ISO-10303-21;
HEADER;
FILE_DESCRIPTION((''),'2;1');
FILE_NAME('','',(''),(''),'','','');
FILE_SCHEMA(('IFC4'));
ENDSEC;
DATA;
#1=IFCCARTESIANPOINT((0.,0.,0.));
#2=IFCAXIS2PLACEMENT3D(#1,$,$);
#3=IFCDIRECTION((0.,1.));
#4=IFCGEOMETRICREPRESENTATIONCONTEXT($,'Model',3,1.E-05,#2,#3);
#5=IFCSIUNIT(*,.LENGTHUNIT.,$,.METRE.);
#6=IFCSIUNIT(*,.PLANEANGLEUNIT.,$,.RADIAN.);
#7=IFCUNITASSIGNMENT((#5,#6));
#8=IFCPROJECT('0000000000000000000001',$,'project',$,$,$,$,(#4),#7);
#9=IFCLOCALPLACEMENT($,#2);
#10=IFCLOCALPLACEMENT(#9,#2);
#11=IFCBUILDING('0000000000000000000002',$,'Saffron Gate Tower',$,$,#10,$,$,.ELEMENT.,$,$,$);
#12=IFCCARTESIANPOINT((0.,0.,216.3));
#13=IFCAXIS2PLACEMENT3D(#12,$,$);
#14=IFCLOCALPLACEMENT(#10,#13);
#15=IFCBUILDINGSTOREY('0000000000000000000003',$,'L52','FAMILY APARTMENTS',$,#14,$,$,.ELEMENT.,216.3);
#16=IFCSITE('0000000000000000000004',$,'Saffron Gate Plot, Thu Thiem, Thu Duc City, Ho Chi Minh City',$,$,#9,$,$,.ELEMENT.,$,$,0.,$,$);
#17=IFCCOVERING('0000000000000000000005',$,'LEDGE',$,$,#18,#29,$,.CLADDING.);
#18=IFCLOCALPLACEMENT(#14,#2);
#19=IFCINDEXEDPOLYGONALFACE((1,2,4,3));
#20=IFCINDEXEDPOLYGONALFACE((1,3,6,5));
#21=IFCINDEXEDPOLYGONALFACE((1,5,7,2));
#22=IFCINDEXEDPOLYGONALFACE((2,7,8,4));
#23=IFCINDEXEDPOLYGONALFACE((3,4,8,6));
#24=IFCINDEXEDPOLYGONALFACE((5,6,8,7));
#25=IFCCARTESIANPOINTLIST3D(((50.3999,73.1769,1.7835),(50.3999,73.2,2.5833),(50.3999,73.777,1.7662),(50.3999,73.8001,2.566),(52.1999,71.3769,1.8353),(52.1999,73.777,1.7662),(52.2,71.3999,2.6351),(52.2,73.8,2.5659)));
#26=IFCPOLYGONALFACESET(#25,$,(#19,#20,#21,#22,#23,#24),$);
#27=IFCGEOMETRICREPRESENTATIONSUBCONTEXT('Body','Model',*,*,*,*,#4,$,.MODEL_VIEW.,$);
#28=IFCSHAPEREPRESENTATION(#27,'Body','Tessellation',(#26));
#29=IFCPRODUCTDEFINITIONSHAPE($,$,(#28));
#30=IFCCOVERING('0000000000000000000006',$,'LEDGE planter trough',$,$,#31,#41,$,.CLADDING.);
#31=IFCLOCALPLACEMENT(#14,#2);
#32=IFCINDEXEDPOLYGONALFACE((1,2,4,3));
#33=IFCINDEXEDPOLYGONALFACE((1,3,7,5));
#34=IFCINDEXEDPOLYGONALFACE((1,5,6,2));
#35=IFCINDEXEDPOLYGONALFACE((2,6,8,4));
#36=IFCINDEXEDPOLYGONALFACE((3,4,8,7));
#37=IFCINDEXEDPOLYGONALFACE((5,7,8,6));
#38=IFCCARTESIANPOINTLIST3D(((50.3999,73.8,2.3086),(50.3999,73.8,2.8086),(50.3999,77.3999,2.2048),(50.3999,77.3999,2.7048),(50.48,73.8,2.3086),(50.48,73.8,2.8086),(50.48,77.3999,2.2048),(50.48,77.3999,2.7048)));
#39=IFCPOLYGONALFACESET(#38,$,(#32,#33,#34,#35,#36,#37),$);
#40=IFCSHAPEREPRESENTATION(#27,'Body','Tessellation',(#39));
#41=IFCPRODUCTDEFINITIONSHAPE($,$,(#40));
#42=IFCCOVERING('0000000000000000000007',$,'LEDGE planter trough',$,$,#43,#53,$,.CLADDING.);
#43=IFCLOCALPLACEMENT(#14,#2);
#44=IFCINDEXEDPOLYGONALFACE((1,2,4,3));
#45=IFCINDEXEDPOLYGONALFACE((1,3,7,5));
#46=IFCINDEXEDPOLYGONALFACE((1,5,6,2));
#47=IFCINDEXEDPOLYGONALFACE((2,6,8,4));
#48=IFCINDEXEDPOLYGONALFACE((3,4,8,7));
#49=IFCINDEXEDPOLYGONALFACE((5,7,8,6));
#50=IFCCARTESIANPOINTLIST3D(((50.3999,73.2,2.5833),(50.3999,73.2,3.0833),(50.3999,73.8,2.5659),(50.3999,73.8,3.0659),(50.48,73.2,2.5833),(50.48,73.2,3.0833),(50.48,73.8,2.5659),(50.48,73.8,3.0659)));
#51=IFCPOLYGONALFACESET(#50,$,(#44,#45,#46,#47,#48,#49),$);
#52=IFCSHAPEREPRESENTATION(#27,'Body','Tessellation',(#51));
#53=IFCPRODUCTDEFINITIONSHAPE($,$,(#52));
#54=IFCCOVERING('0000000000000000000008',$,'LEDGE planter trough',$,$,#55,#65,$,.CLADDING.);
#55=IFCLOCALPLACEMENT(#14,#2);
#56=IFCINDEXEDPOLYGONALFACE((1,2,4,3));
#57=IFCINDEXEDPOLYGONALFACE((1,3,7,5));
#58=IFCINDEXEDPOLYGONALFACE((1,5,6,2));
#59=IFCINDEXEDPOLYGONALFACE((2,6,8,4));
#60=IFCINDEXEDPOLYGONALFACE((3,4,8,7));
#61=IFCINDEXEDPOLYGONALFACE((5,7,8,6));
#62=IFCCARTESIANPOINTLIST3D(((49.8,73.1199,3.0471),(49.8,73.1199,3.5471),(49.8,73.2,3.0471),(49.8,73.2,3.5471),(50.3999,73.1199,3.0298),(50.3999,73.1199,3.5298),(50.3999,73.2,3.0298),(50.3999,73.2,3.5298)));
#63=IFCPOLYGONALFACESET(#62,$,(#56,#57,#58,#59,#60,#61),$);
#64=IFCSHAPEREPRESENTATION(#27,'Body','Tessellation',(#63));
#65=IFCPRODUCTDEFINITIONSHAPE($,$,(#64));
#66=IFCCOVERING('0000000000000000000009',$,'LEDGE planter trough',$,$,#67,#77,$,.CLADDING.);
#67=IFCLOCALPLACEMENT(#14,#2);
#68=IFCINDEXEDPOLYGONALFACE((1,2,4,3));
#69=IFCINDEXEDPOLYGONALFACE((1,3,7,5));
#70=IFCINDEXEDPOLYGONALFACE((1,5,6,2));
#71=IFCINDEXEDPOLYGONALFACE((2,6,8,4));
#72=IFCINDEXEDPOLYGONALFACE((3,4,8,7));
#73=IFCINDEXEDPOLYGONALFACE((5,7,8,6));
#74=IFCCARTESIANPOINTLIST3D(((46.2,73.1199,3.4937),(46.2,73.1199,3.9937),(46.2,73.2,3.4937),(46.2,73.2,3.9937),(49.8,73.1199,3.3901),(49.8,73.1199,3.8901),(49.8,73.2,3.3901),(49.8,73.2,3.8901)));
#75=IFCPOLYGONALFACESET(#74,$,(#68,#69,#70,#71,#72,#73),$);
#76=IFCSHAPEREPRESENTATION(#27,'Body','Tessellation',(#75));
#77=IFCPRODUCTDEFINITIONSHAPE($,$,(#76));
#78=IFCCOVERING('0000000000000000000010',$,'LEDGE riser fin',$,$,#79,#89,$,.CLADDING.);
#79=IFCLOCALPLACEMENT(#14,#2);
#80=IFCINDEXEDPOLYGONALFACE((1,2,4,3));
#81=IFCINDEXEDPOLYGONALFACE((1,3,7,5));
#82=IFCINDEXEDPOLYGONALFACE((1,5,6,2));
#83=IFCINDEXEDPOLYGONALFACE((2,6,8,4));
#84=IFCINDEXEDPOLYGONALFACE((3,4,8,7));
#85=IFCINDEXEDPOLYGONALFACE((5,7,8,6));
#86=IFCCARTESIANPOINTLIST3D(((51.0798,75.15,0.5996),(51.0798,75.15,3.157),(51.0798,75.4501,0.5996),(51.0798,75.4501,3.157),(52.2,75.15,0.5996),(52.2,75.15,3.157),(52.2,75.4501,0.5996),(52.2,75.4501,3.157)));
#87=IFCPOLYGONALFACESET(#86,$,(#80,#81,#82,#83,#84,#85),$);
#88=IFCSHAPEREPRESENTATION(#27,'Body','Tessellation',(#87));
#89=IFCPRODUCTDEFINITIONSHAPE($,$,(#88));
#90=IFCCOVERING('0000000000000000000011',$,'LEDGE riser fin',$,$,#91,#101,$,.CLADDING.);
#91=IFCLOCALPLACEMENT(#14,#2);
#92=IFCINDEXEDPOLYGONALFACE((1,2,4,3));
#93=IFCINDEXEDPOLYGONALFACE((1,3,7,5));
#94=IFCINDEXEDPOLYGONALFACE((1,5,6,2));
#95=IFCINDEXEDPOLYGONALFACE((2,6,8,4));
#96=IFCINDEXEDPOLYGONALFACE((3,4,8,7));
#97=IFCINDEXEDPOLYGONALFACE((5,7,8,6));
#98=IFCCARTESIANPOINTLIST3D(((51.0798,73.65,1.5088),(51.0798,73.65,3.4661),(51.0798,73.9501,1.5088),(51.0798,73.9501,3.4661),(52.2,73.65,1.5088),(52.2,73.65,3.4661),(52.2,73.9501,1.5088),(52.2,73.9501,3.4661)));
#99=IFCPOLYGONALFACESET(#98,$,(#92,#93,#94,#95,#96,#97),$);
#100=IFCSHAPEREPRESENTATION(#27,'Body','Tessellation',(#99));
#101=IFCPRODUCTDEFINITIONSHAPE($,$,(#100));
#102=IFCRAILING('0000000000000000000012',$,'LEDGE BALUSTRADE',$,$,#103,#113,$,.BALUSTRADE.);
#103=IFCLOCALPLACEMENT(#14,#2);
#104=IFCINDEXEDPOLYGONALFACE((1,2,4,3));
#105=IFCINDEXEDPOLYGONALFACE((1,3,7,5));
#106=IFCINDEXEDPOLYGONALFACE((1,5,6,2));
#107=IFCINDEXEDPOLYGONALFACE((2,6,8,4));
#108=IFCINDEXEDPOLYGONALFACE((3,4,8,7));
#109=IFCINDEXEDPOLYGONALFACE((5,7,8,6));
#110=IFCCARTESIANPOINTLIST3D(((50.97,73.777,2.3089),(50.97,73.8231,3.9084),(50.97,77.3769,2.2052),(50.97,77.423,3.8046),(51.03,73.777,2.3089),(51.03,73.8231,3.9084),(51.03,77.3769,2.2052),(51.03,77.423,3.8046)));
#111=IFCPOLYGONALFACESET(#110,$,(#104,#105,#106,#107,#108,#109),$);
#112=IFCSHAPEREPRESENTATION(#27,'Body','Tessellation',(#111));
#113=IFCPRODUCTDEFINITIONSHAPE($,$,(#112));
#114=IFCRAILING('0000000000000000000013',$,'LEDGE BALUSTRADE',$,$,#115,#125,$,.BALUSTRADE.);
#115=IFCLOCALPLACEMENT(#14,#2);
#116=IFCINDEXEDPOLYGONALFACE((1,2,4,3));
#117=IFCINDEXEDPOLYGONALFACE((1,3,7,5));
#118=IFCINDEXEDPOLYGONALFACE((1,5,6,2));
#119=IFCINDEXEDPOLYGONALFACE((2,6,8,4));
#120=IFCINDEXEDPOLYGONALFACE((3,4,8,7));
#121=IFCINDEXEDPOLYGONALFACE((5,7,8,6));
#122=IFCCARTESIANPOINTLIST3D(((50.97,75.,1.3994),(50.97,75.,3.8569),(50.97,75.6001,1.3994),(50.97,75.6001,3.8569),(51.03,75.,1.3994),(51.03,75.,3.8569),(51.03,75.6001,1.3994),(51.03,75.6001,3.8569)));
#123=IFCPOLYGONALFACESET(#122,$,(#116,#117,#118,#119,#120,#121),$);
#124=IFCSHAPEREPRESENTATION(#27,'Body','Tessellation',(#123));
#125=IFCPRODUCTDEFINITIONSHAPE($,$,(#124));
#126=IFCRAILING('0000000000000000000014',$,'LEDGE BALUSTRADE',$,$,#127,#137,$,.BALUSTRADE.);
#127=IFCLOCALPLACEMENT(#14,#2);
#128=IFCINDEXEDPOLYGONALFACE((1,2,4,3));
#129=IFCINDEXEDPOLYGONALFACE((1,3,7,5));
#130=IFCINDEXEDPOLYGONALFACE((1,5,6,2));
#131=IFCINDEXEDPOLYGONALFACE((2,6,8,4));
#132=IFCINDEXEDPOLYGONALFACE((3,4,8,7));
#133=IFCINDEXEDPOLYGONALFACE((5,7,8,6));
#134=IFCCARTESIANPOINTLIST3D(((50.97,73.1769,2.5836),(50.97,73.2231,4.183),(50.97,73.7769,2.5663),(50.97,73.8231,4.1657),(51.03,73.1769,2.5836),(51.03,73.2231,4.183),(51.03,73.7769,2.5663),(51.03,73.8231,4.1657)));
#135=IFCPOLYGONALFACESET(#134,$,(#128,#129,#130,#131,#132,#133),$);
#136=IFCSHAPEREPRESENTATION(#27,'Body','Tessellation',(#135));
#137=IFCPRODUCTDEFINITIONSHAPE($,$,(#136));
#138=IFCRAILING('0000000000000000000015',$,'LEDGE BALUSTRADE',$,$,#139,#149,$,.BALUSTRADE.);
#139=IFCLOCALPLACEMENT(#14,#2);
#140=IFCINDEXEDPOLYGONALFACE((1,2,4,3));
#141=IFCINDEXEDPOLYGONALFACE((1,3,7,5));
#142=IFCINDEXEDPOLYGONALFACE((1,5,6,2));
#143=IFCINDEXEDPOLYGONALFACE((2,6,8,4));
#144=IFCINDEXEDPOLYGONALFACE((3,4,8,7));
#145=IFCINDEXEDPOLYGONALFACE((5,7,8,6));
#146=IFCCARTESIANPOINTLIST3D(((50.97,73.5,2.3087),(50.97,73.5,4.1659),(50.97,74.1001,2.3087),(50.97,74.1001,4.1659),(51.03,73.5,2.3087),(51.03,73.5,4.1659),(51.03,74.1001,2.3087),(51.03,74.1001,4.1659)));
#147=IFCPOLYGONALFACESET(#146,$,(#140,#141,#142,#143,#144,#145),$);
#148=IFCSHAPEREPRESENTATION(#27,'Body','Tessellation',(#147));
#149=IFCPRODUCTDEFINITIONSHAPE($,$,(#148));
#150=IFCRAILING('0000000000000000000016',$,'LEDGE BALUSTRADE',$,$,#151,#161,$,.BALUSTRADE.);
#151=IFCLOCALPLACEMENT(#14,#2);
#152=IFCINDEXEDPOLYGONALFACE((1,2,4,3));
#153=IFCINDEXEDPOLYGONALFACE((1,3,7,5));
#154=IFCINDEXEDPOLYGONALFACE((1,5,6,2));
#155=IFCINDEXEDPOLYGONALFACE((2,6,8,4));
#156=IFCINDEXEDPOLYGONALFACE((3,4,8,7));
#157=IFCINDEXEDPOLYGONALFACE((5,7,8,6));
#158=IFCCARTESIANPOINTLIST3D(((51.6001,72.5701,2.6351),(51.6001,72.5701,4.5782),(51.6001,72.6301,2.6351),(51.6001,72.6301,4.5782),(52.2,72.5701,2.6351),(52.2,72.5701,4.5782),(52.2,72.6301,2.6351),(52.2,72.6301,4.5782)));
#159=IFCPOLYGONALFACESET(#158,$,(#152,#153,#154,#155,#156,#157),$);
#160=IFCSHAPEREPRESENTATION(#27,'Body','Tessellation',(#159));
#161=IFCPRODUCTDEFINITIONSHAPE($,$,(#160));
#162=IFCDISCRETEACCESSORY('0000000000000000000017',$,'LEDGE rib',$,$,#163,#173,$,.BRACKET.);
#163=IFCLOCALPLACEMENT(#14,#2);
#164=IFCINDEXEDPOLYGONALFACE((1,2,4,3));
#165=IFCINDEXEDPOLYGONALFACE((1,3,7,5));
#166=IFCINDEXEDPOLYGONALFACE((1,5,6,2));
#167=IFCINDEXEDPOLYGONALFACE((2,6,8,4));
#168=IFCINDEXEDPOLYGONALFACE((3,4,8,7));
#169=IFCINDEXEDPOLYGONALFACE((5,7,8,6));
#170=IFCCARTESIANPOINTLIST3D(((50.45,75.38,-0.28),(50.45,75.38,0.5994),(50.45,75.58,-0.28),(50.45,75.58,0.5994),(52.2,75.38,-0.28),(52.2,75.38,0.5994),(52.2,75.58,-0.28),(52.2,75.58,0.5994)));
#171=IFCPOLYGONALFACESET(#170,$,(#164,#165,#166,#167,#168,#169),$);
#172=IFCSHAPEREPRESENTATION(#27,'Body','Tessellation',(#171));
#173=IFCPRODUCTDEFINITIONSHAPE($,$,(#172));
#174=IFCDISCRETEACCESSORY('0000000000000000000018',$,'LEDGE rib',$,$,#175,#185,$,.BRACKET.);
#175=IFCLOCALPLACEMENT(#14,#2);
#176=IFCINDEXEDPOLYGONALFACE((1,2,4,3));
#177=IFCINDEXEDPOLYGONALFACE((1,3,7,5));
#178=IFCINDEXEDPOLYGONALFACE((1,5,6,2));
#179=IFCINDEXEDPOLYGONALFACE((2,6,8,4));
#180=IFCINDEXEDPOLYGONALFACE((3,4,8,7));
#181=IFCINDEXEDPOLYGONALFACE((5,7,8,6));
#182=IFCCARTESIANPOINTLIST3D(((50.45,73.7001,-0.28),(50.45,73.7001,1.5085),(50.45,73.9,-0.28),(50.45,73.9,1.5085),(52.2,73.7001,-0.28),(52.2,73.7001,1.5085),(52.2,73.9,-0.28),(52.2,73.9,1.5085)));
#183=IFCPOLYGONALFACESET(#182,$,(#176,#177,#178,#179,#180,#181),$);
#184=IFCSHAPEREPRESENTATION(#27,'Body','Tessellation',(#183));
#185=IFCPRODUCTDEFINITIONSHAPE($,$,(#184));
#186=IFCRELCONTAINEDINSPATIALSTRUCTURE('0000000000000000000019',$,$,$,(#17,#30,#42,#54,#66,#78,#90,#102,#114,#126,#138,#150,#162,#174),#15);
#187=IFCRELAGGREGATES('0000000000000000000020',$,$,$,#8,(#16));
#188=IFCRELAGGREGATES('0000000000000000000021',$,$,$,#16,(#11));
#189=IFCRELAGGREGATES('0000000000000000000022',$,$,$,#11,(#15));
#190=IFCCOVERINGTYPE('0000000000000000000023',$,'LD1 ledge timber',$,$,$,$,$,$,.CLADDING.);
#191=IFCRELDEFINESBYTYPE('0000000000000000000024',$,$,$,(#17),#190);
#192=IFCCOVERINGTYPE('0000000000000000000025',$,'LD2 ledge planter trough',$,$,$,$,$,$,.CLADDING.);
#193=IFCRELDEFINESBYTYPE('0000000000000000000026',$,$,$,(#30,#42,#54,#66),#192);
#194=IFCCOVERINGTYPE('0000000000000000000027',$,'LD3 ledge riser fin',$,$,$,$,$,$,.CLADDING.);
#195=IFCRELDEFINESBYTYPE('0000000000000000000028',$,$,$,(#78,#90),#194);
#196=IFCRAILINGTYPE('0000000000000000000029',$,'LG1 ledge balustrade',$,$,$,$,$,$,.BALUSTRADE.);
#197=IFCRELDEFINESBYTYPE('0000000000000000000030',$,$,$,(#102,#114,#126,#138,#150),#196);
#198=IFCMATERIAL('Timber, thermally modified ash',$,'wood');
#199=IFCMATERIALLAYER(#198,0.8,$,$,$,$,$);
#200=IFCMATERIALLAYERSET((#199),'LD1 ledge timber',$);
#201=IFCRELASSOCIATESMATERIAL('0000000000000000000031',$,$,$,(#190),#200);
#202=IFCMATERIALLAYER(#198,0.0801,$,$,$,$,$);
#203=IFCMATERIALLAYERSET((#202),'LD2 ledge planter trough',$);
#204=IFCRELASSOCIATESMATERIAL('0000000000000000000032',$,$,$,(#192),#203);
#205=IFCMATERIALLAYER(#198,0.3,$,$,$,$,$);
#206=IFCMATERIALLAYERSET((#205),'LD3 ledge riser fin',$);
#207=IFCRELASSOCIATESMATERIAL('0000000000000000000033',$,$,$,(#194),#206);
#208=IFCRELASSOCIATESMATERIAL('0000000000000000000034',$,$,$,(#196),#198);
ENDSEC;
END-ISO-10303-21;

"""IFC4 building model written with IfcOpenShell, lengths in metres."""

from ifc_helpers import new_model, si_unit, direction, frame, origin, origin_2d, place, context, subcontext, project, spatial, polyline, rectangle, outline, extrude, material, layer, layer_set, type_object, element, save


model = new_model("IFC4")

# Units and contexts
model_context = context("Model", 3, precision=1e-05, world=origin(), true_north=direction((0.0, 1.0)))
body_context = subcontext(model_context, "Body", "Model", "MODEL_VIEW")
ifc_project = project(units=[si_unit("LENGTHUNIT", "METRE"), si_unit("PLANEANGLEUNIT", "RADIAN")], contexts=[model_context])

# Site, building, storey
site_placement = place(None, origin())
site = spatial("IfcSite", under=ifc_project, at=site_placement, Name="Saffron Gate Plot, Thu Thiem, Thu Duc City, Ho Chi Minh City", CompositionType="ELEMENT", RefElevation=0.0)
building_placement = place(site_placement, origin())
building = spatial("IfcBuilding", under=site, at=building_placement, Name="Saffron Gate Tower", CompositionType="ELEMENT")
storey_placement = place(building_placement, frame((0.0, 0.0, 216.3)))
storey = spatial("IfcBuildingStorey", under=building, at=storey_placement, Name="L52", Description="FAMILY APARTMENTS", CompositionType="ELEMENT", Elevation=216.3)

# Coverings
ifc_material = material(Name="Timber, thermally modified ash", Category="wood")
ifc_layer_1 = layer(ifc_material, 0.8)
ifc_layer_set_1 = layer_set([ifc_layer_1], Name="LD1 ledge timber")
covering_type_1 = type_object("IfcCoveringType", Name="LD1 ledge timber", PredefinedType="CLADDING", material=ifc_layer_set_1)
covering_1_placement = place(storey_placement, frame((52.2, 73.8, 2.5659), z_axis=(0.000026, 0.028794, 0.999585), x_axis=(0.0, -0.999585, 0.028794)))
element("IfcCovering", 1, at=covering_1_placement, inside=storey, type_object=covering_type_1, Name="LEDGE", PredefinedType="CLADDING", context=body_context, shape_type="SweptSolid", body=[
    extrude(outline(polyline([(0.0, 0.0), (2.4011, 0.0), (0.6003, -1.8), (0.0, -1.8), (0.0, 0.0)])), origin(), (0.0, 0.0, -1.0), 0.8),
])
ifc_layer_2 = layer(ifc_material, 0.0801)
ifc_layer_set_2 = layer_set([ifc_layer_2], Name="LD2 ledge planter trough")
covering_type_2 = type_object("IfcCoveringType", Name="LD2 ledge planter trough", PredefinedType="CLADDING", material=ifc_layer_set_2)
covering_2_placement = place(storey_placement, frame((50.3999, 77.3999, 2.2048), z_axis=(-1.0, 0.0, 0.0), x_axis=(0.0, -0.999585, 0.028811)))
element("IfcCovering", 2, at=covering_2_placement, inside=storey, type_object=covering_type_2, Name="LEDGE planter trough", PredefinedType="CLADDING", context=body_context, shape_type="SweptSolid", body=[
    extrude(outline(polyline([(0.0, 0.0), (3.6013, 0.0), (3.6158, 0.4998), (0.0144, 0.4998), (0.0, 0.0)])), origin(), (0.0, 0.0, -1.0), 0.0801),
])
covering_3_placement = place(storey_placement, frame((50.3999, 73.8, 2.5659), z_axis=(-1.0, 0.0, 0.0), x_axis=(0.0, -0.999583, 0.028873)))
element("IfcCovering", 3, at=covering_3_placement, inside=storey, type_object=covering_type_2, Name="LEDGE planter trough", PredefinedType="CLADDING", context=body_context, shape_type="SweptSolid", body=[
    extrude(outline(polyline([(0.0, 0.0), (0.6003, 0.0), (0.6148, 0.4998), (0.0144, 0.4998), (0.0, 0.0)])), origin(), (0.0, 0.0, -1.0), 0.0801),
])
covering_4_placement = place(storey_placement, frame((50.3999, 73.2, 3.0298), z_axis=(0.0, 1.0, 0.0), x_axis=(-0.999583, 0.0, 0.028885)))
element("IfcCovering", 4, at=covering_4_placement, inside=storey, type_object=covering_type_2, Name="LEDGE planter trough", PredefinedType="CLADDING", context=body_context, shape_type="SweptSolid", body=[
    extrude(outline(polyline([(0.0, 0.0), (0.6001, 0.0), (0.6145, 0.4998), (0.0144, 0.4998), (0.0, 0.0)])), origin(), (0.0, 0.0, -1.0), 0.0801),
])
covering_5_placement = place(storey_placement, frame((49.8, 73.2, 3.3901), z_axis=(0.0, 1.0, 0.0), x_axis=(-0.999587, 0.0, 0.028742)))
element("IfcCovering", 5, at=covering_5_placement, inside=storey, type_object=covering_type_2, Name="LEDGE planter trough", PredefinedType="CLADDING", context=body_context, shape_type="SweptSolid", body=[
    extrude(outline(polyline([(0.0, 0.0), (3.6016, 0.0), (3.616, 0.4998), (0.0144, 0.4998), (0.0, 0.0)])), origin(), (0.0, 0.0, -1.0), 0.0801),
])
ifc_layer_3 = layer(ifc_material, 0.3)
ifc_layer_set_3 = layer_set([ifc_layer_3], Name="LD3 ledge riser fin")
covering_type_3 = type_object("IfcCoveringType", Name="LD3 ledge riser fin", PredefinedType="CLADDING", material=ifc_layer_set_3)
covering_6_placement = place(storey_placement, frame((51.6399, 75.3, 0.5996), z_axis=(0.0, 0.0, 1.0), x_axis=(0.0, -1.0, 0.0)))
element("IfcCovering", 6, at=covering_6_placement, inside=storey, type_object=covering_type_3, Name="LEDGE riser fin", PredefinedType="CLADDING", context=body_context, shape_type="SweptSolid", body=[
    extrude(rectangle(XDim=0.3, YDim=1.1201, at=origin_2d()), origin(), (0.0, 0.0, 1.0), 2.5574),
])
covering_7_placement = place(storey_placement, frame((51.6399, 73.8, 1.5088), z_axis=(0.0, 0.0, 1.0), x_axis=(0.0, -1.0, 0.0)))
element("IfcCovering", 7, at=covering_7_placement, inside=storey, type_object=covering_type_3, Name="LEDGE riser fin", PredefinedType="CLADDING", context=body_context, shape_type="SweptSolid", body=[
    extrude(rectangle(XDim=0.3, YDim=1.1201, at=origin_2d()), origin(), (0.0, 0.0, 1.0), 1.9573),
])

# Railings
railing_type = type_object("IfcRailingType", Name="LG1 ledge balustrade", PredefinedType="BALUSTRADE", material=ifc_material)
railing_1_placement = place(storey_placement, frame((51.0, 77.3999, 2.2048)))
element("IfcRailing", 8, at=railing_1_placement, inside=storey, type_object=railing_type, Name="LEDGE BALUSTRADE", PredefinedType="BALUSTRADE", context=body_context, shape_type="SweptSolid", body=[
    extrude(rectangle(XDim=0.0601, YDim=1.6001, at=origin_2d()), frame((0.0, 0.0, 0.8), z_axis=(0.0, -0.999585, 0.028811), x_axis=(1.0, 0.0, 0.0)), (0.0, 0.0, 1.0), 3.6013),
])
railing_2_placement = place(storey_placement, frame((51.0, 75.6001, 1.3994)))
element("IfcRailing", 9, at=railing_2_placement, inside=storey, type_object=railing_type, Name="LEDGE BALUSTRADE", PredefinedType="BALUSTRADE", context=body_context, shape_type="SweptSolid", body=[
    extrude(rectangle(XDim=0.0601, YDim=2.4575, at=origin_2d()), frame((0.0, 0.0, 1.2288), z_axis=(0.0, -1.0, 0.0), x_axis=(1.0, 0.0, 0.0)), (0.0, 0.0, 1.0), 0.6001),
])
railing_3_placement = place(storey_placement, frame((51.0, 73.8, 2.5659)))
element("IfcRailing", 10, at=railing_3_placement, inside=storey, type_object=railing_type, Name="LEDGE BALUSTRADE", PredefinedType="BALUSTRADE", context=body_context, shape_type="SweptSolid", body=[
    extrude(rectangle(XDim=0.0601, YDim=1.6001, at=origin_2d()), frame((0.0, 0.0, 0.8), z_axis=(0.0, -0.999583, 0.028873), x_axis=(1.0, 0.0, 0.0)), (0.0, 0.0, 1.0), 0.6003),
])
railing_4_placement = place(storey_placement, frame((51.0, 74.1001, 2.3086)))
element("IfcRailing", 11, at=railing_4_placement, inside=storey, type_object=railing_type, Name="LEDGE BALUSTRADE", PredefinedType="BALUSTRADE", context=body_context, shape_type="SweptSolid", body=[
    extrude(rectangle(XDim=0.0601, YDim=1.8572, at=origin_2d()), frame((0.0, 0.0, 0.9287), z_axis=(0.0, -1.0, 0.0), x_axis=(1.0, 0.0, 0.0)), (0.0, 0.0, 1.0), 0.6001),
])
railing_5_placement = place(storey_placement, frame((52.2, 72.6001, 2.635)))
element("IfcRailing", 12, at=railing_5_placement, inside=storey, type_object=railing_type, Name="LEDGE BALUSTRADE", PredefinedType="BALUSTRADE", context=body_context, shape_type="SweptSolid", body=[
    extrude(rectangle(XDim=0.0601, YDim=1.9431, at=origin_2d()), frame((0.0, 0.0, 0.9717), z_axis=(-1.0, 0.0, 0.0), x_axis=(0.0, -1.0, 0.0)), (0.0, 0.0, 1.0), 0.5999),
])

# Discrete accessories
discrete_accessory_1_placement = place(storey_placement, frame((51.325, 75.48, -0.28), z_axis=(0.0, 0.0, 1.0), x_axis=(0.0, -1.0, 0.0)))
element("IfcDiscreteAccessory", 13, at=discrete_accessory_1_placement, inside=storey, Name="LEDGE rib", PredefinedType="BRACKET", context=body_context, shape_type="SweptSolid", body=[
    extrude(rectangle(XDim=0.2, YDim=1.75, at=origin_2d()), origin(), (0.0, 0.0, 1.0), 0.8794),
])
discrete_accessory_2_placement = place(storey_placement, frame((51.325, 73.8, -0.28), z_axis=(0.0, 0.0, 1.0), x_axis=(0.0, -1.0, 0.0)))
element("IfcDiscreteAccessory", 14, at=discrete_accessory_2_placement, inside=storey, Name="LEDGE rib", PredefinedType="BRACKET", context=body_context, shape_type="SweptSolid", body=[
    extrude(rectangle(XDim=0.2, YDim=1.75, at=origin_2d()), origin(), (0.0, 0.0, 1.0), 1.7886),
])

save(model, "model.ifc")
